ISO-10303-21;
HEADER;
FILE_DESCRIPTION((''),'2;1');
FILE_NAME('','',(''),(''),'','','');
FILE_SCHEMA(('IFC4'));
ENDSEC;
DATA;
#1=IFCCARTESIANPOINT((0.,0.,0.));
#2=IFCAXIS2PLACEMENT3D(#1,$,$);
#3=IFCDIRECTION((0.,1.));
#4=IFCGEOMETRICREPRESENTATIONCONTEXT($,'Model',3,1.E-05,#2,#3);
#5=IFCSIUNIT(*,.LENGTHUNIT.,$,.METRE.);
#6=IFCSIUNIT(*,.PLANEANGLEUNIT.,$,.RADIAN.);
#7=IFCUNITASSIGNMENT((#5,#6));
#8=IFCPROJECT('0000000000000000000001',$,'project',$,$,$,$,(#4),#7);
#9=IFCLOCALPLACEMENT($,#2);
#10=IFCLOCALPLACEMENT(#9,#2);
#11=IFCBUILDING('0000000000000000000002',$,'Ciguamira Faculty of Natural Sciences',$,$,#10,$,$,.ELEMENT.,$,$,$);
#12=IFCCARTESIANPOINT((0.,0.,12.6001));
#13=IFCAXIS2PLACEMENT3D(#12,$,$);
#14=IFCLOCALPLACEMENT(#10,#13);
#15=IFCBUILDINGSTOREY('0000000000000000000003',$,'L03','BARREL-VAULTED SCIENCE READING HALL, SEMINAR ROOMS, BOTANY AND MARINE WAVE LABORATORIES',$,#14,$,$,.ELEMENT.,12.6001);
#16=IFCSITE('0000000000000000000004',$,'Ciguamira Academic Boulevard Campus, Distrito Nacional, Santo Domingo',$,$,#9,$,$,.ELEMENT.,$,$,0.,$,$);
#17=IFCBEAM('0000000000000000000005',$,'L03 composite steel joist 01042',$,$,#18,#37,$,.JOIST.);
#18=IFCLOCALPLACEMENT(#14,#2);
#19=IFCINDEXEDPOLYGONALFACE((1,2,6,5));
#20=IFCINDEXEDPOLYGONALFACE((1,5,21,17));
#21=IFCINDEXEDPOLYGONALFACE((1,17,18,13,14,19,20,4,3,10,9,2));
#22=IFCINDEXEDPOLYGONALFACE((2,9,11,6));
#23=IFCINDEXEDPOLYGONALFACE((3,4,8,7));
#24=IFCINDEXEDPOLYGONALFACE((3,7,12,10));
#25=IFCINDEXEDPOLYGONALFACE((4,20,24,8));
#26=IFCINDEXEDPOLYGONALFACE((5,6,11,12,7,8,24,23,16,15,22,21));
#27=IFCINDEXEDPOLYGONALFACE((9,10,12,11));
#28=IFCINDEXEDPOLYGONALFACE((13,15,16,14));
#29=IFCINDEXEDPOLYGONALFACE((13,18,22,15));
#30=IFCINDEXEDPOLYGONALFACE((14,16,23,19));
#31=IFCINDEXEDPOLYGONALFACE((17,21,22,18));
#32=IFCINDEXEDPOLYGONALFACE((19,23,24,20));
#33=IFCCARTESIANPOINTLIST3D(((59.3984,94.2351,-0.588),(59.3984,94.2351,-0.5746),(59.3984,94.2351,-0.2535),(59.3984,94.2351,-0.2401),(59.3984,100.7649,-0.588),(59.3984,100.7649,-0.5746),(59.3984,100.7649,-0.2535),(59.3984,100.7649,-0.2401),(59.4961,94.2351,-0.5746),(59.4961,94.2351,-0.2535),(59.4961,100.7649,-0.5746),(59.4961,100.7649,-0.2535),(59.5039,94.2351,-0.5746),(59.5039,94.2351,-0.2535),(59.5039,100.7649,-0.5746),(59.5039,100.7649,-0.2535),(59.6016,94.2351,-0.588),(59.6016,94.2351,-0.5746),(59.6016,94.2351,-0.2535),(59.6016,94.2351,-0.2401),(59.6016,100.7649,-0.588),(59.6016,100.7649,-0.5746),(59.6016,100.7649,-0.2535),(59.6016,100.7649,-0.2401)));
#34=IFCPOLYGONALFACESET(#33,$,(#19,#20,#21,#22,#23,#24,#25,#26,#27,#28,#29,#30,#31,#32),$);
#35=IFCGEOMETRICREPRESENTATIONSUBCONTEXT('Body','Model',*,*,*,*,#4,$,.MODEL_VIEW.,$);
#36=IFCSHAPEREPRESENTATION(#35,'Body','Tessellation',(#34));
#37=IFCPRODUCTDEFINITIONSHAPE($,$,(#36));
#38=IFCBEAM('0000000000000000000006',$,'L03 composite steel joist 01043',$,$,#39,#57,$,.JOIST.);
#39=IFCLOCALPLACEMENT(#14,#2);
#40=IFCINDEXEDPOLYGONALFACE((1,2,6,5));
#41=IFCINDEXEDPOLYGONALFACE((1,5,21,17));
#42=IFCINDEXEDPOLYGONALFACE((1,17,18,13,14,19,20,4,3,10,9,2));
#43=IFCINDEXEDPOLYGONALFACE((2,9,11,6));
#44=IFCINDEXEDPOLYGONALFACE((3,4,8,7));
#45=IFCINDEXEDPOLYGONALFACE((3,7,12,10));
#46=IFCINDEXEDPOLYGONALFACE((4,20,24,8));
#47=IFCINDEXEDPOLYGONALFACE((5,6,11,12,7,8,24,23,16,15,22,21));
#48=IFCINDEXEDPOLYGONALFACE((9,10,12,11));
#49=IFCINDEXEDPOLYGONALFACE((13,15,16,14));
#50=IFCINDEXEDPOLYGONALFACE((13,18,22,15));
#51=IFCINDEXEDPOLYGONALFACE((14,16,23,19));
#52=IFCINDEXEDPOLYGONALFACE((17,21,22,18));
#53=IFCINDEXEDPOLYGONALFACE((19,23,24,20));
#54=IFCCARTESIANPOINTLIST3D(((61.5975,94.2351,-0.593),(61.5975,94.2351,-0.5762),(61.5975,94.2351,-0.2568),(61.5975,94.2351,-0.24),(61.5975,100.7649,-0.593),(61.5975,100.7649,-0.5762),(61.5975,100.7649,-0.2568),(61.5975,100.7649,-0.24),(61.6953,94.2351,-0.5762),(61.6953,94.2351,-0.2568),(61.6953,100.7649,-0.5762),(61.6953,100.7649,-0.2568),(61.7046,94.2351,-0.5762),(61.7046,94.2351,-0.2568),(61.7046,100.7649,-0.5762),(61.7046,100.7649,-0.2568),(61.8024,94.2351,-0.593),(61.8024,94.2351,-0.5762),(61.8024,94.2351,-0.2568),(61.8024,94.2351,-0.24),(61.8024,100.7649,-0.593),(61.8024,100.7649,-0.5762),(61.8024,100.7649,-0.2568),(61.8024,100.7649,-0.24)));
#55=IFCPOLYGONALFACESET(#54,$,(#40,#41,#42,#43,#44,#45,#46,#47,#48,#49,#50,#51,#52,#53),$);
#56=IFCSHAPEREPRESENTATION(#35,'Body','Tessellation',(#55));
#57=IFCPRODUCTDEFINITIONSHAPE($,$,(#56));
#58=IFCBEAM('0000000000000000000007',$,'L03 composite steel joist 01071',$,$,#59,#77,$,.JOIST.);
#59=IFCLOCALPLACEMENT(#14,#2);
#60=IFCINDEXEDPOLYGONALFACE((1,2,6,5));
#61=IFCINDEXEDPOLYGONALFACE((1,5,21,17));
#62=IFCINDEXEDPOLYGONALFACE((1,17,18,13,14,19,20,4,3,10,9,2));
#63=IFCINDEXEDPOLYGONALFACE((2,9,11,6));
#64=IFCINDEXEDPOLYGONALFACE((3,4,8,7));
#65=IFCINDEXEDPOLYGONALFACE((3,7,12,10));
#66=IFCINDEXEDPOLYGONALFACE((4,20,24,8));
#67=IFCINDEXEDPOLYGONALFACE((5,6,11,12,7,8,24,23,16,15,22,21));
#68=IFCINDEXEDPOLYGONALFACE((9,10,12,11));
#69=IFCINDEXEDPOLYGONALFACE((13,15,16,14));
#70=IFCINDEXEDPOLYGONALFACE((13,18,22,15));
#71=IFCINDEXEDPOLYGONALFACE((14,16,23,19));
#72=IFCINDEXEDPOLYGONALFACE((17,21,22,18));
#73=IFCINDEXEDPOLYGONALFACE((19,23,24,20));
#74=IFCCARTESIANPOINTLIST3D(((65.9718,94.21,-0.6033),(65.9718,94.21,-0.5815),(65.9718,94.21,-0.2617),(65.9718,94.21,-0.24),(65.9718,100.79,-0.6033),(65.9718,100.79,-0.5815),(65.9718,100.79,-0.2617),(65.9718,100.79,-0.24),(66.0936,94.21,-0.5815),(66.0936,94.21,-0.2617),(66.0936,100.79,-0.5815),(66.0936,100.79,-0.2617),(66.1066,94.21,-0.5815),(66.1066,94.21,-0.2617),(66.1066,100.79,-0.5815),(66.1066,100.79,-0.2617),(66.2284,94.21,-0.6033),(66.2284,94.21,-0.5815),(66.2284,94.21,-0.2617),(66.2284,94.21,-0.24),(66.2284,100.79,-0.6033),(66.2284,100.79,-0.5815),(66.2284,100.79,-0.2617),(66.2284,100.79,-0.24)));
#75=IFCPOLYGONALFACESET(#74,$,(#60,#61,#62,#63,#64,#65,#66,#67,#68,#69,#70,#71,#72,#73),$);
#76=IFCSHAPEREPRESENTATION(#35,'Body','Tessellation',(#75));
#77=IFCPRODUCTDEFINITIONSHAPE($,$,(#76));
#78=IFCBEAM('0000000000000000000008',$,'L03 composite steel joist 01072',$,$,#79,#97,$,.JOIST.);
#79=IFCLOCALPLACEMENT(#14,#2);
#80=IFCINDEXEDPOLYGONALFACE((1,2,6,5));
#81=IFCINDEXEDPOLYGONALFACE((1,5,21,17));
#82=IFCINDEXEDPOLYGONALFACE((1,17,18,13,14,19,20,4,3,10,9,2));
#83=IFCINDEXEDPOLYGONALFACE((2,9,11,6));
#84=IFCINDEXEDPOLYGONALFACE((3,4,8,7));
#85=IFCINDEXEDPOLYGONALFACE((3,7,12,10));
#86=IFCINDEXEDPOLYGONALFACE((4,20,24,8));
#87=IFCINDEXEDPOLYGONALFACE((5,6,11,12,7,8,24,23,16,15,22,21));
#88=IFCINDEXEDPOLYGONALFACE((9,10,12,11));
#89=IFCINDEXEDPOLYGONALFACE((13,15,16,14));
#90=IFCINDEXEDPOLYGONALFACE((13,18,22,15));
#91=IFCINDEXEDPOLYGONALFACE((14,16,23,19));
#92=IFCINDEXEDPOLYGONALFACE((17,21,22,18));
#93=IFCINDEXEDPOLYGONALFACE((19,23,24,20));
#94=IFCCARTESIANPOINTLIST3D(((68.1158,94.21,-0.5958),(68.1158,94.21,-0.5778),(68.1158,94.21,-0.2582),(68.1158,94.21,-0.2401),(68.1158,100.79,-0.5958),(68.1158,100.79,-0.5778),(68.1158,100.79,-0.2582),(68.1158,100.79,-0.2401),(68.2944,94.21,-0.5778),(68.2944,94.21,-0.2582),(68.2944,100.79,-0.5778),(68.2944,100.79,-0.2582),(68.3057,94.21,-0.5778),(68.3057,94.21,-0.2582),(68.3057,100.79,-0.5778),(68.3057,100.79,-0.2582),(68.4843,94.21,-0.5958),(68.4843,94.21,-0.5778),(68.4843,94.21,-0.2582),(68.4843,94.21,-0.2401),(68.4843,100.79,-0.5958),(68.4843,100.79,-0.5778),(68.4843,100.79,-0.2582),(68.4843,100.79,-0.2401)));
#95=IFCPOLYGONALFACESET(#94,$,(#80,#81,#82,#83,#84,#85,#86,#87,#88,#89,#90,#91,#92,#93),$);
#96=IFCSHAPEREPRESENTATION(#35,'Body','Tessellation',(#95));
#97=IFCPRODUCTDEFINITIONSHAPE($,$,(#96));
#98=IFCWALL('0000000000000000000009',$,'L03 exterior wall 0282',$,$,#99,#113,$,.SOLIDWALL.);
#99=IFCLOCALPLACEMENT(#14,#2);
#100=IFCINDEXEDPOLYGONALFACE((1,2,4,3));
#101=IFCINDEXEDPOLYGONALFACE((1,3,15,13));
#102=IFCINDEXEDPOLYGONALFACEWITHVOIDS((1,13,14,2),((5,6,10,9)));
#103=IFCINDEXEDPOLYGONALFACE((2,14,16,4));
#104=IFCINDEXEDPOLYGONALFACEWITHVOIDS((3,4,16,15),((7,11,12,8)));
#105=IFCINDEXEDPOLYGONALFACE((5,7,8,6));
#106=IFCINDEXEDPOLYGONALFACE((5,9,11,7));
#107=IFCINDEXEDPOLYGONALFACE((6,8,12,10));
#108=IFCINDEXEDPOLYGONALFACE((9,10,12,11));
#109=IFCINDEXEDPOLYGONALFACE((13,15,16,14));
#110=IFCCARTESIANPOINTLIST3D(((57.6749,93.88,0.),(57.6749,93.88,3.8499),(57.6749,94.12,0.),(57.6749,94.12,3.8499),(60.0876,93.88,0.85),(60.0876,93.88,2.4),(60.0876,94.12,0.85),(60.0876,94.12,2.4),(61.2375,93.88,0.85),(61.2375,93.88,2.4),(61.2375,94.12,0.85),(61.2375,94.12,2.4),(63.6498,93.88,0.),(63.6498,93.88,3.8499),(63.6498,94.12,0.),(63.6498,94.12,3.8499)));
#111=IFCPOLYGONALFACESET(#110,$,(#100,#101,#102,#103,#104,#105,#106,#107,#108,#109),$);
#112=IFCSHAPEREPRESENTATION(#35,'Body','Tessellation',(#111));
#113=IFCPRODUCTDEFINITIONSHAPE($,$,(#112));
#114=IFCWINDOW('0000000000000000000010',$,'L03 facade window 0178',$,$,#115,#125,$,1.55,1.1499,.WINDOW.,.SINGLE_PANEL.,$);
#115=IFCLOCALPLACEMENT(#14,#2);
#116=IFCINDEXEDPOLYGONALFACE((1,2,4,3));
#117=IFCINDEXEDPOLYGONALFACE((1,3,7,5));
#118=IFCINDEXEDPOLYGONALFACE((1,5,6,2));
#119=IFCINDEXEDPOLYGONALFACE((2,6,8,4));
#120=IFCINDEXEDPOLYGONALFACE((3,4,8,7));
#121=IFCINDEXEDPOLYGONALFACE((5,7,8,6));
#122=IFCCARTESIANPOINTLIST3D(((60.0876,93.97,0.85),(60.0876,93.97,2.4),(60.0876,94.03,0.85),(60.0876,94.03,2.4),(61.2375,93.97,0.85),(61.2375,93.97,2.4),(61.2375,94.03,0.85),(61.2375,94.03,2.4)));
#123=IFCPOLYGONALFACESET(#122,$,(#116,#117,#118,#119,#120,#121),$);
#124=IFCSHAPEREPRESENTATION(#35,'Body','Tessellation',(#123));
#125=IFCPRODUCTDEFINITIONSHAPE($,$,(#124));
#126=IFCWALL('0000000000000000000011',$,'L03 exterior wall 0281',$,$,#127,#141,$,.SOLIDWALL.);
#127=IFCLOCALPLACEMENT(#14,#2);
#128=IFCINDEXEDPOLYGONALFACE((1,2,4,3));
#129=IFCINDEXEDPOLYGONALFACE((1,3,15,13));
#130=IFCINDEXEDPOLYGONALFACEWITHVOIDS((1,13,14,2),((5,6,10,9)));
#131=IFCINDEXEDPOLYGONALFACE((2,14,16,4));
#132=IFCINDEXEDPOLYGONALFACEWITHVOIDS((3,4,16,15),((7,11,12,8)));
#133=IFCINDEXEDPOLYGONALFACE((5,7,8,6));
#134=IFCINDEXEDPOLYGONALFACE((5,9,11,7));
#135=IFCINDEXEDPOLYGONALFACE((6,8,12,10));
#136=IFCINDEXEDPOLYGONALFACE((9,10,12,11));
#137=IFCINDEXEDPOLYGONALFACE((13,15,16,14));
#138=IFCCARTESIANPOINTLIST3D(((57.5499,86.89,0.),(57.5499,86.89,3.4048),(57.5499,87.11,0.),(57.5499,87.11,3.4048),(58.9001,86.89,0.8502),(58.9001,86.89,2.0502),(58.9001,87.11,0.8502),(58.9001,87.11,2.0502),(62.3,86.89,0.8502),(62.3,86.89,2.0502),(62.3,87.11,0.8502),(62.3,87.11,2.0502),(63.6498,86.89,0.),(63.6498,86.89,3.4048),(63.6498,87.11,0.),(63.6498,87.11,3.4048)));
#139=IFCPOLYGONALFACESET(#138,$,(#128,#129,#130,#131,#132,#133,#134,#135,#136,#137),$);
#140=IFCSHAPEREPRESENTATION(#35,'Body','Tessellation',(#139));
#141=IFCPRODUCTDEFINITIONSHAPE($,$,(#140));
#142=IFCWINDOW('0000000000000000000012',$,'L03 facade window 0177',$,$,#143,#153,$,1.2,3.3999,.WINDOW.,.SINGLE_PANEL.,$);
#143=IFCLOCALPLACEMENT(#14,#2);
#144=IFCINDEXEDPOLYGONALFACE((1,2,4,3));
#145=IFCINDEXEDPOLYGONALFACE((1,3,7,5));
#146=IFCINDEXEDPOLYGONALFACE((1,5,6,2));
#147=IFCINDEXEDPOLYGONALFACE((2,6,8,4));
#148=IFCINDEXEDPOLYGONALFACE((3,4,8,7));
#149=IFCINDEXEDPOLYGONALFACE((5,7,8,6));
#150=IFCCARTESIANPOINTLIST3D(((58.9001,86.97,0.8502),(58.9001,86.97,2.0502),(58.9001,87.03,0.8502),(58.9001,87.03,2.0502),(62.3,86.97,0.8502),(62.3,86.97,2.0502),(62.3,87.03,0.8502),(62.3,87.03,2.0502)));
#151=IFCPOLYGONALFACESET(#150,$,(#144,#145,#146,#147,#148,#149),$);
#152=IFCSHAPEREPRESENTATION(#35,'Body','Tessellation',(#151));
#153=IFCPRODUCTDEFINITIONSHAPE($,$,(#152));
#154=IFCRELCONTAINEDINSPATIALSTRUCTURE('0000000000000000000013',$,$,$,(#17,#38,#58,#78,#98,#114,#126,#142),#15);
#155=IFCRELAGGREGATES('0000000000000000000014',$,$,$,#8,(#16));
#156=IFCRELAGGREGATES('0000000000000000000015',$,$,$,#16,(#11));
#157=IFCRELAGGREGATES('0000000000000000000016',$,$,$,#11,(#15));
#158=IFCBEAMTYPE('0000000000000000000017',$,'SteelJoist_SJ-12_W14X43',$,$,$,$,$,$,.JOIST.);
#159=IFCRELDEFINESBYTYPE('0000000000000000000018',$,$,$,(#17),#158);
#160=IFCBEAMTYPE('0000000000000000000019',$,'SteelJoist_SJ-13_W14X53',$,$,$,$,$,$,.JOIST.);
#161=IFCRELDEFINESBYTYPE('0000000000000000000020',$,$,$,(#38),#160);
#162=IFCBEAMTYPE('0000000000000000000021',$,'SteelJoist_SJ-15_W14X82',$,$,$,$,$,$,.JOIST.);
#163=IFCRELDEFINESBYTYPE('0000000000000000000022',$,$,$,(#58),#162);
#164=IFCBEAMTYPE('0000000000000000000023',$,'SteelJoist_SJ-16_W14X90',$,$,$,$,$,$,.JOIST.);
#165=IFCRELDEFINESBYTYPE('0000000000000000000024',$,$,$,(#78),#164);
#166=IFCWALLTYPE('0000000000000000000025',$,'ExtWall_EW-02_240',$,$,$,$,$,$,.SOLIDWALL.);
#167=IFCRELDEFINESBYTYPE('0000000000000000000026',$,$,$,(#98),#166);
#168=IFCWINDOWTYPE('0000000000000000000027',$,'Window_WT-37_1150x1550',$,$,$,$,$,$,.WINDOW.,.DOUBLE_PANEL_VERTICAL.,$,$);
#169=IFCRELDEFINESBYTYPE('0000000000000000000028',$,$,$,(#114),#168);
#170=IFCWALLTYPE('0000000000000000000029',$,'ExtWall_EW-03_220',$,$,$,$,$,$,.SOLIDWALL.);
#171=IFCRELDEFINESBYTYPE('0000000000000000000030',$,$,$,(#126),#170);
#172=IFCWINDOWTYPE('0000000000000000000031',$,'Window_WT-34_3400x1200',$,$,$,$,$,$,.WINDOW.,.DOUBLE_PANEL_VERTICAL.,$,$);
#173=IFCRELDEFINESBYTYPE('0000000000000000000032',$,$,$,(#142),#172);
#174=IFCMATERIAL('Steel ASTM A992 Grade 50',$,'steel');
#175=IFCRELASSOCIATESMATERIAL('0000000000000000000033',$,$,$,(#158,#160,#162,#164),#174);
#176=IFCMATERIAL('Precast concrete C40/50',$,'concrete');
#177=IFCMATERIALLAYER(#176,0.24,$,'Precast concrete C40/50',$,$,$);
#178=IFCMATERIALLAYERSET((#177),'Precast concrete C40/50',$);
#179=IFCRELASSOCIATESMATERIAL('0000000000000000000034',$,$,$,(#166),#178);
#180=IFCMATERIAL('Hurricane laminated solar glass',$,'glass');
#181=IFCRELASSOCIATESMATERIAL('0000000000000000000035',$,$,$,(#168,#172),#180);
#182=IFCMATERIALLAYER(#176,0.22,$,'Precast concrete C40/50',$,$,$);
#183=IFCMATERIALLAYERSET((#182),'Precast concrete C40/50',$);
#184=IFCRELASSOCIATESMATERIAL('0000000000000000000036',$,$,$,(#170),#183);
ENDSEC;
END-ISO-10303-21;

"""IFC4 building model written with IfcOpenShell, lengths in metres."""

from ifc_helpers import new_model, si_unit, direction, frame, frame_2d, origin, origin_2d, place, context, subcontext, project, spatial, rectangle, i_section, extrude, material, layer, layer_set, material_profile, profile_set, type_object, element, fill, save


model = new_model("IFC4")

# Units and contexts
model_context = context("Model", 3, precision=1e-05, world=origin(), true_north=direction((0.0, 1.0)))
body_context = subcontext(model_context, "Body", "Model", "MODEL_VIEW")
ifc_project = project(units=[si_unit("LENGTHUNIT", "METRE"), si_unit("PLANEANGLEUNIT", "RADIAN")], contexts=[model_context])

# Site, building, storey
site_placement = place(None, origin())
site = spatial("IfcSite", under=ifc_project, at=site_placement, Name="Ciguamira Academic Boulevard Campus, Distrito Nacional, Santo Domingo", CompositionType="ELEMENT", RefElevation=0.0)
building_placement = place(site_placement, origin())
building = spatial("IfcBuilding", under=site, at=building_placement, Name="Ciguamira Faculty of Natural Sciences", CompositionType="ELEMENT")
storey_placement = place(building_placement, frame((0.0, 0.0, 12.6001)))
storey = spatial("IfcBuildingStorey", under=building, at=storey_placement, Name="L03", Description="BARREL-VAULTED SCIENCE READING HALL, SEMINAR ROOMS, BOTANY AND MARINE WAVE LABORATORIES", CompositionType="ELEMENT", Elevation=12.6001)

# Beams
ifc_material_1 = material(Name="Precast concrete C40/50", Category="concrete")
ifc_material_2 = material(Name="Steel ASTM A992 Grade 50", Category="steel")
ifc_material_profile_1 = material_profile(ifc_material_2, i_section(OverallWidth=0.2031, OverallDepth=0.3479, WebThickness=0.0078, FlangeThickness=0.0134, at=origin_2d()), Name="W14X43")
ifc_profile_set_1 = profile_set([ifc_material_profile_1], Name="Steel ASTM A992 Grade 50")
beam_type_1 = type_object("IfcBeamType", Name="SteelJoist_SJ-12_W14X43", PredefinedType="JOIST", material=ifc_profile_set_1)
beam_1_placement = place(storey_placement, frame((59.5, 94.2351, -0.4141), z_axis=(0.0, 1.0, 0.0), x_axis=(-1.0, 0.0, 0.0)))
element("IfcBeam", 1, at=beam_1_placement, inside=storey, type_object=beam_type_1, Name="L03 composite steel joist 01042", PredefinedType="JOIST", context=body_context, shape_type="SweptSolid", body=[
    extrude(i_section(OverallWidth=0.2031, OverallDepth=0.3479, WebThickness=0.0078, FlangeThickness=0.0134, at=origin_2d()), origin(), (0.0, 0.0, 1.0), 6.5298),
])
ifc_material_profile_2 = material_profile(ifc_material_2, i_section(OverallWidth=0.2048, OverallDepth=0.353, WebThickness=0.0093, FlangeThickness=0.0168, at=origin_2d()), Name="W14X53")
ifc_profile_set_2 = profile_set([ifc_material_profile_2], Name="Steel ASTM A992 Grade 50")
beam_type_2 = type_object("IfcBeamType", Name="SteelJoist_SJ-13_W14X53", PredefinedType="JOIST", material=ifc_profile_set_2)
beam_2_placement = place(storey_placement, frame((61.7, 94.2351, -0.4165), z_axis=(0.0, 1.0, 0.0), x_axis=(-1.0, 0.0, 0.0)))
element("IfcBeam", 2, at=beam_2_placement, inside=storey, type_object=beam_type_2, Name="L03 composite steel joist 01043", PredefinedType="JOIST", context=body_context, shape_type="SweptSolid", body=[
    extrude(i_section(OverallWidth=0.2048, OverallDepth=0.353, WebThickness=0.0093, FlangeThickness=0.0168, at=origin_2d()), origin(), (0.0, 0.0, 1.0), 6.5298),
])
ifc_material_profile_3 = material_profile(ifc_material_2, i_section(OverallWidth=0.2566, OverallDepth=0.3633, WebThickness=0.0129, FlangeThickness=0.0217, at=origin_2d()), Name="W14X82")
ifc_profile_set_3 = profile_set([ifc_material_profile_3], Name="Steel ASTM A992 Grade 50")
beam_type_3 = type_object("IfcBeamType", Name="SteelJoist_SJ-15_W14X82", PredefinedType="JOIST", material=ifc_profile_set_3)
beam_3_placement = place(storey_placement, frame((66.1001, 94.21, -0.4216), z_axis=(0.0, 1.0, 0.0), x_axis=(-1.0, 0.0, 0.0)))
element("IfcBeam", 3, at=beam_3_placement, inside=storey, type_object=beam_type_3, Name="L03 composite steel joist 01071", PredefinedType="JOIST", context=body_context, shape_type="SweptSolid", body=[
    extrude(i_section(OverallWidth=0.2566, OverallDepth=0.3633, WebThickness=0.0129, FlangeThickness=0.0217, at=origin_2d()), origin(), (0.0, 0.0, 1.0), 6.5801),
])
ifc_material_profile_4 = material_profile(ifc_material_2, i_section(OverallWidth=0.3684, OverallDepth=0.3557, WebThickness=0.0112, FlangeThickness=0.0181, at=origin_2d()), Name="W14X90")
ifc_profile_set_4 = profile_set([ifc_material_profile_4], Name="Steel ASTM A992 Grade 50")
beam_type_4 = type_object("IfcBeamType", Name="SteelJoist_SJ-16_W14X90", PredefinedType="JOIST", material=ifc_profile_set_4)
beam_4_placement = place(storey_placement, frame((68.3, 94.21, -0.418), z_axis=(0.0, 1.0, 0.0), x_axis=(-1.0, 0.0, 0.0)))
element("IfcBeam", 4, at=beam_4_placement, inside=storey, type_object=beam_type_4, Name="L03 composite steel joist 01072", PredefinedType="JOIST", context=body_context, shape_type="SweptSolid", body=[
    extrude(i_section(OverallWidth=0.3684, OverallDepth=0.3557, WebThickness=0.0112, FlangeThickness=0.0181, at=origin_2d()), origin(), (0.0, 0.0, 1.0), 6.5801),
])

# Walls, openings, windows
ifc_layer_1 = layer(ifc_material_1, 0.24, Name="Precast concrete C40/50")
ifc_layer_set_1 = layer_set([ifc_layer_1], Name="Precast concrete C40/50")
wall_type_1 = type_object("IfcWallType", Name="ExtWall_EW-02_240", PredefinedType="SOLIDWALL", material=ifc_layer_set_1)
wall_1_placement = place(storey_placement, frame((57.675, 94.0, 0.0), z_axis=(0.0, 0.0, 1.0), x_axis=(1.0, 0.0, 0.0)))
wall_1 = element("IfcWall", 5, at=wall_1_placement, inside=storey, type_object=wall_type_1, Name="L03 exterior wall 0282", PredefinedType="SOLIDWALL", context=body_context, shape_type="SweptSolid", body=[
    extrude(rectangle(XDim=5.9749, YDim=0.24, at=frame_2d((2.9873, 0.0))), origin(), (0.0, 0.0, 1.0), 3.8499),
])
opening_1_placement = place(wall_1_placement, frame((2.4126, 0.0, 0.8501)))
opening_1 = element("IfcOpeningElement", 6, at=opening_1_placement, cuts=wall_1, PredefinedType="OPENING", context=body_context, shape_type="SweptSolid", body=[
    extrude(rectangle(XDim=1.1499, YDim=1.55, at=frame_2d((0.575, 0.7749))), frame((0.0, 0.1299, 0.0), z_axis=(0.0, -1.0, 0.0), x_axis=(1.0, 0.0, 0.0)), (0.0, 0.0, 1.0), 0.26),
])
ifc_material_3 = material(Name="Hurricane laminated solar glass", Category="glass")
window_type_1 = type_object("IfcWindowType", Name="Window_WT-37_1150x1550", PartitioningType="DOUBLE_PANEL_VERTICAL", PredefinedType="WINDOW", material=ifc_material_3)
window_1_placement = place(opening_1_placement, origin())
window_1 = element("IfcWindow", 7, at=window_1_placement, inside=storey, type_object=window_type_1, Name="L03 facade window 0178", OverallHeight=1.55, OverallWidth=1.1499, PartitioningType="SINGLE_PANEL", PredefinedType="WINDOW", context=body_context, shape_type="SweptSolid", body=[
    extrude(rectangle(XDim=1.1499, YDim=1.55, at=frame_2d((0.575, 0.7749))), frame((0.0, 0.03, 0.0), z_axis=(0.0, -1.0, 0.0), x_axis=(1.0, 0.0, 0.0)), (0.0, 0.0, 1.0), 0.0601),
])
fill(opening_1, window_1)
ifc_layer_2 = layer(ifc_material_1, 0.22, Name="Precast concrete C40/50")
ifc_layer_set_2 = layer_set([ifc_layer_2], Name="Precast concrete C40/50")
wall_type_2 = type_object("IfcWallType", Name="ExtWall_EW-03_220", PredefinedType="SOLIDWALL", material=ifc_layer_set_2)
wall_2_placement = place(storey_placement, frame((57.55, 87.0, 0.0), z_axis=(0.0, 0.0, 1.0), x_axis=(1.0, 0.0, 0.0)))
wall_2 = element("IfcWall", 8, at=wall_2_placement, inside=storey, type_object=wall_type_2, Name="L03 exterior wall 0281", PredefinedType="SOLIDWALL", context=body_context, shape_type="SweptSolid", body=[
    extrude(rectangle(XDim=6.0999, YDim=0.22, at=frame_2d((3.0498, 0.0))), origin(), (0.0, 0.0, 1.0), 3.4048),
])
opening_2_placement = place(wall_2_placement, frame((1.3501, 0.0, 0.8501)))
opening_2 = element("IfcOpeningElement", 9, at=opening_2_placement, cuts=wall_2, PredefinedType="OPENING", context=body_context, shape_type="SweptSolid", body=[
    extrude(rectangle(XDim=3.3999, YDim=1.2, at=frame_2d((1.7, 0.6001))), frame((0.0, 0.1199, 0.0), z_axis=(0.0, -1.0, 0.0), x_axis=(1.0, 0.0, 0.0)), (0.0, 0.0, 1.0), 0.24),
])
window_type_2 = type_object("IfcWindowType", Name="Window_WT-34_3400x1200", PartitioningType="DOUBLE_PANEL_VERTICAL", PredefinedType="WINDOW", material=ifc_material_3)
window_2_placement = place(opening_2_placement, origin())
window_2 = element("IfcWindow", 10, at=window_2_placement, inside=storey, type_object=window_type_2, Name="L03 facade window 0177", OverallHeight=1.2, OverallWidth=3.3999, PartitioningType="SINGLE_PANEL", PredefinedType="WINDOW", context=body_context, shape_type="SweptSolid", body=[
    extrude(rectangle(XDim=3.3999, YDim=1.2, at=frame_2d((1.7, 0.6001))), frame((0.0, 0.03, 0.0), z_axis=(0.0, -1.0, 0.0), x_axis=(1.0, 0.0, 0.0)), (0.0, 0.0, 1.0), 0.0601),
])
fill(opening_2, window_2)

save(model, "model.ifc")
